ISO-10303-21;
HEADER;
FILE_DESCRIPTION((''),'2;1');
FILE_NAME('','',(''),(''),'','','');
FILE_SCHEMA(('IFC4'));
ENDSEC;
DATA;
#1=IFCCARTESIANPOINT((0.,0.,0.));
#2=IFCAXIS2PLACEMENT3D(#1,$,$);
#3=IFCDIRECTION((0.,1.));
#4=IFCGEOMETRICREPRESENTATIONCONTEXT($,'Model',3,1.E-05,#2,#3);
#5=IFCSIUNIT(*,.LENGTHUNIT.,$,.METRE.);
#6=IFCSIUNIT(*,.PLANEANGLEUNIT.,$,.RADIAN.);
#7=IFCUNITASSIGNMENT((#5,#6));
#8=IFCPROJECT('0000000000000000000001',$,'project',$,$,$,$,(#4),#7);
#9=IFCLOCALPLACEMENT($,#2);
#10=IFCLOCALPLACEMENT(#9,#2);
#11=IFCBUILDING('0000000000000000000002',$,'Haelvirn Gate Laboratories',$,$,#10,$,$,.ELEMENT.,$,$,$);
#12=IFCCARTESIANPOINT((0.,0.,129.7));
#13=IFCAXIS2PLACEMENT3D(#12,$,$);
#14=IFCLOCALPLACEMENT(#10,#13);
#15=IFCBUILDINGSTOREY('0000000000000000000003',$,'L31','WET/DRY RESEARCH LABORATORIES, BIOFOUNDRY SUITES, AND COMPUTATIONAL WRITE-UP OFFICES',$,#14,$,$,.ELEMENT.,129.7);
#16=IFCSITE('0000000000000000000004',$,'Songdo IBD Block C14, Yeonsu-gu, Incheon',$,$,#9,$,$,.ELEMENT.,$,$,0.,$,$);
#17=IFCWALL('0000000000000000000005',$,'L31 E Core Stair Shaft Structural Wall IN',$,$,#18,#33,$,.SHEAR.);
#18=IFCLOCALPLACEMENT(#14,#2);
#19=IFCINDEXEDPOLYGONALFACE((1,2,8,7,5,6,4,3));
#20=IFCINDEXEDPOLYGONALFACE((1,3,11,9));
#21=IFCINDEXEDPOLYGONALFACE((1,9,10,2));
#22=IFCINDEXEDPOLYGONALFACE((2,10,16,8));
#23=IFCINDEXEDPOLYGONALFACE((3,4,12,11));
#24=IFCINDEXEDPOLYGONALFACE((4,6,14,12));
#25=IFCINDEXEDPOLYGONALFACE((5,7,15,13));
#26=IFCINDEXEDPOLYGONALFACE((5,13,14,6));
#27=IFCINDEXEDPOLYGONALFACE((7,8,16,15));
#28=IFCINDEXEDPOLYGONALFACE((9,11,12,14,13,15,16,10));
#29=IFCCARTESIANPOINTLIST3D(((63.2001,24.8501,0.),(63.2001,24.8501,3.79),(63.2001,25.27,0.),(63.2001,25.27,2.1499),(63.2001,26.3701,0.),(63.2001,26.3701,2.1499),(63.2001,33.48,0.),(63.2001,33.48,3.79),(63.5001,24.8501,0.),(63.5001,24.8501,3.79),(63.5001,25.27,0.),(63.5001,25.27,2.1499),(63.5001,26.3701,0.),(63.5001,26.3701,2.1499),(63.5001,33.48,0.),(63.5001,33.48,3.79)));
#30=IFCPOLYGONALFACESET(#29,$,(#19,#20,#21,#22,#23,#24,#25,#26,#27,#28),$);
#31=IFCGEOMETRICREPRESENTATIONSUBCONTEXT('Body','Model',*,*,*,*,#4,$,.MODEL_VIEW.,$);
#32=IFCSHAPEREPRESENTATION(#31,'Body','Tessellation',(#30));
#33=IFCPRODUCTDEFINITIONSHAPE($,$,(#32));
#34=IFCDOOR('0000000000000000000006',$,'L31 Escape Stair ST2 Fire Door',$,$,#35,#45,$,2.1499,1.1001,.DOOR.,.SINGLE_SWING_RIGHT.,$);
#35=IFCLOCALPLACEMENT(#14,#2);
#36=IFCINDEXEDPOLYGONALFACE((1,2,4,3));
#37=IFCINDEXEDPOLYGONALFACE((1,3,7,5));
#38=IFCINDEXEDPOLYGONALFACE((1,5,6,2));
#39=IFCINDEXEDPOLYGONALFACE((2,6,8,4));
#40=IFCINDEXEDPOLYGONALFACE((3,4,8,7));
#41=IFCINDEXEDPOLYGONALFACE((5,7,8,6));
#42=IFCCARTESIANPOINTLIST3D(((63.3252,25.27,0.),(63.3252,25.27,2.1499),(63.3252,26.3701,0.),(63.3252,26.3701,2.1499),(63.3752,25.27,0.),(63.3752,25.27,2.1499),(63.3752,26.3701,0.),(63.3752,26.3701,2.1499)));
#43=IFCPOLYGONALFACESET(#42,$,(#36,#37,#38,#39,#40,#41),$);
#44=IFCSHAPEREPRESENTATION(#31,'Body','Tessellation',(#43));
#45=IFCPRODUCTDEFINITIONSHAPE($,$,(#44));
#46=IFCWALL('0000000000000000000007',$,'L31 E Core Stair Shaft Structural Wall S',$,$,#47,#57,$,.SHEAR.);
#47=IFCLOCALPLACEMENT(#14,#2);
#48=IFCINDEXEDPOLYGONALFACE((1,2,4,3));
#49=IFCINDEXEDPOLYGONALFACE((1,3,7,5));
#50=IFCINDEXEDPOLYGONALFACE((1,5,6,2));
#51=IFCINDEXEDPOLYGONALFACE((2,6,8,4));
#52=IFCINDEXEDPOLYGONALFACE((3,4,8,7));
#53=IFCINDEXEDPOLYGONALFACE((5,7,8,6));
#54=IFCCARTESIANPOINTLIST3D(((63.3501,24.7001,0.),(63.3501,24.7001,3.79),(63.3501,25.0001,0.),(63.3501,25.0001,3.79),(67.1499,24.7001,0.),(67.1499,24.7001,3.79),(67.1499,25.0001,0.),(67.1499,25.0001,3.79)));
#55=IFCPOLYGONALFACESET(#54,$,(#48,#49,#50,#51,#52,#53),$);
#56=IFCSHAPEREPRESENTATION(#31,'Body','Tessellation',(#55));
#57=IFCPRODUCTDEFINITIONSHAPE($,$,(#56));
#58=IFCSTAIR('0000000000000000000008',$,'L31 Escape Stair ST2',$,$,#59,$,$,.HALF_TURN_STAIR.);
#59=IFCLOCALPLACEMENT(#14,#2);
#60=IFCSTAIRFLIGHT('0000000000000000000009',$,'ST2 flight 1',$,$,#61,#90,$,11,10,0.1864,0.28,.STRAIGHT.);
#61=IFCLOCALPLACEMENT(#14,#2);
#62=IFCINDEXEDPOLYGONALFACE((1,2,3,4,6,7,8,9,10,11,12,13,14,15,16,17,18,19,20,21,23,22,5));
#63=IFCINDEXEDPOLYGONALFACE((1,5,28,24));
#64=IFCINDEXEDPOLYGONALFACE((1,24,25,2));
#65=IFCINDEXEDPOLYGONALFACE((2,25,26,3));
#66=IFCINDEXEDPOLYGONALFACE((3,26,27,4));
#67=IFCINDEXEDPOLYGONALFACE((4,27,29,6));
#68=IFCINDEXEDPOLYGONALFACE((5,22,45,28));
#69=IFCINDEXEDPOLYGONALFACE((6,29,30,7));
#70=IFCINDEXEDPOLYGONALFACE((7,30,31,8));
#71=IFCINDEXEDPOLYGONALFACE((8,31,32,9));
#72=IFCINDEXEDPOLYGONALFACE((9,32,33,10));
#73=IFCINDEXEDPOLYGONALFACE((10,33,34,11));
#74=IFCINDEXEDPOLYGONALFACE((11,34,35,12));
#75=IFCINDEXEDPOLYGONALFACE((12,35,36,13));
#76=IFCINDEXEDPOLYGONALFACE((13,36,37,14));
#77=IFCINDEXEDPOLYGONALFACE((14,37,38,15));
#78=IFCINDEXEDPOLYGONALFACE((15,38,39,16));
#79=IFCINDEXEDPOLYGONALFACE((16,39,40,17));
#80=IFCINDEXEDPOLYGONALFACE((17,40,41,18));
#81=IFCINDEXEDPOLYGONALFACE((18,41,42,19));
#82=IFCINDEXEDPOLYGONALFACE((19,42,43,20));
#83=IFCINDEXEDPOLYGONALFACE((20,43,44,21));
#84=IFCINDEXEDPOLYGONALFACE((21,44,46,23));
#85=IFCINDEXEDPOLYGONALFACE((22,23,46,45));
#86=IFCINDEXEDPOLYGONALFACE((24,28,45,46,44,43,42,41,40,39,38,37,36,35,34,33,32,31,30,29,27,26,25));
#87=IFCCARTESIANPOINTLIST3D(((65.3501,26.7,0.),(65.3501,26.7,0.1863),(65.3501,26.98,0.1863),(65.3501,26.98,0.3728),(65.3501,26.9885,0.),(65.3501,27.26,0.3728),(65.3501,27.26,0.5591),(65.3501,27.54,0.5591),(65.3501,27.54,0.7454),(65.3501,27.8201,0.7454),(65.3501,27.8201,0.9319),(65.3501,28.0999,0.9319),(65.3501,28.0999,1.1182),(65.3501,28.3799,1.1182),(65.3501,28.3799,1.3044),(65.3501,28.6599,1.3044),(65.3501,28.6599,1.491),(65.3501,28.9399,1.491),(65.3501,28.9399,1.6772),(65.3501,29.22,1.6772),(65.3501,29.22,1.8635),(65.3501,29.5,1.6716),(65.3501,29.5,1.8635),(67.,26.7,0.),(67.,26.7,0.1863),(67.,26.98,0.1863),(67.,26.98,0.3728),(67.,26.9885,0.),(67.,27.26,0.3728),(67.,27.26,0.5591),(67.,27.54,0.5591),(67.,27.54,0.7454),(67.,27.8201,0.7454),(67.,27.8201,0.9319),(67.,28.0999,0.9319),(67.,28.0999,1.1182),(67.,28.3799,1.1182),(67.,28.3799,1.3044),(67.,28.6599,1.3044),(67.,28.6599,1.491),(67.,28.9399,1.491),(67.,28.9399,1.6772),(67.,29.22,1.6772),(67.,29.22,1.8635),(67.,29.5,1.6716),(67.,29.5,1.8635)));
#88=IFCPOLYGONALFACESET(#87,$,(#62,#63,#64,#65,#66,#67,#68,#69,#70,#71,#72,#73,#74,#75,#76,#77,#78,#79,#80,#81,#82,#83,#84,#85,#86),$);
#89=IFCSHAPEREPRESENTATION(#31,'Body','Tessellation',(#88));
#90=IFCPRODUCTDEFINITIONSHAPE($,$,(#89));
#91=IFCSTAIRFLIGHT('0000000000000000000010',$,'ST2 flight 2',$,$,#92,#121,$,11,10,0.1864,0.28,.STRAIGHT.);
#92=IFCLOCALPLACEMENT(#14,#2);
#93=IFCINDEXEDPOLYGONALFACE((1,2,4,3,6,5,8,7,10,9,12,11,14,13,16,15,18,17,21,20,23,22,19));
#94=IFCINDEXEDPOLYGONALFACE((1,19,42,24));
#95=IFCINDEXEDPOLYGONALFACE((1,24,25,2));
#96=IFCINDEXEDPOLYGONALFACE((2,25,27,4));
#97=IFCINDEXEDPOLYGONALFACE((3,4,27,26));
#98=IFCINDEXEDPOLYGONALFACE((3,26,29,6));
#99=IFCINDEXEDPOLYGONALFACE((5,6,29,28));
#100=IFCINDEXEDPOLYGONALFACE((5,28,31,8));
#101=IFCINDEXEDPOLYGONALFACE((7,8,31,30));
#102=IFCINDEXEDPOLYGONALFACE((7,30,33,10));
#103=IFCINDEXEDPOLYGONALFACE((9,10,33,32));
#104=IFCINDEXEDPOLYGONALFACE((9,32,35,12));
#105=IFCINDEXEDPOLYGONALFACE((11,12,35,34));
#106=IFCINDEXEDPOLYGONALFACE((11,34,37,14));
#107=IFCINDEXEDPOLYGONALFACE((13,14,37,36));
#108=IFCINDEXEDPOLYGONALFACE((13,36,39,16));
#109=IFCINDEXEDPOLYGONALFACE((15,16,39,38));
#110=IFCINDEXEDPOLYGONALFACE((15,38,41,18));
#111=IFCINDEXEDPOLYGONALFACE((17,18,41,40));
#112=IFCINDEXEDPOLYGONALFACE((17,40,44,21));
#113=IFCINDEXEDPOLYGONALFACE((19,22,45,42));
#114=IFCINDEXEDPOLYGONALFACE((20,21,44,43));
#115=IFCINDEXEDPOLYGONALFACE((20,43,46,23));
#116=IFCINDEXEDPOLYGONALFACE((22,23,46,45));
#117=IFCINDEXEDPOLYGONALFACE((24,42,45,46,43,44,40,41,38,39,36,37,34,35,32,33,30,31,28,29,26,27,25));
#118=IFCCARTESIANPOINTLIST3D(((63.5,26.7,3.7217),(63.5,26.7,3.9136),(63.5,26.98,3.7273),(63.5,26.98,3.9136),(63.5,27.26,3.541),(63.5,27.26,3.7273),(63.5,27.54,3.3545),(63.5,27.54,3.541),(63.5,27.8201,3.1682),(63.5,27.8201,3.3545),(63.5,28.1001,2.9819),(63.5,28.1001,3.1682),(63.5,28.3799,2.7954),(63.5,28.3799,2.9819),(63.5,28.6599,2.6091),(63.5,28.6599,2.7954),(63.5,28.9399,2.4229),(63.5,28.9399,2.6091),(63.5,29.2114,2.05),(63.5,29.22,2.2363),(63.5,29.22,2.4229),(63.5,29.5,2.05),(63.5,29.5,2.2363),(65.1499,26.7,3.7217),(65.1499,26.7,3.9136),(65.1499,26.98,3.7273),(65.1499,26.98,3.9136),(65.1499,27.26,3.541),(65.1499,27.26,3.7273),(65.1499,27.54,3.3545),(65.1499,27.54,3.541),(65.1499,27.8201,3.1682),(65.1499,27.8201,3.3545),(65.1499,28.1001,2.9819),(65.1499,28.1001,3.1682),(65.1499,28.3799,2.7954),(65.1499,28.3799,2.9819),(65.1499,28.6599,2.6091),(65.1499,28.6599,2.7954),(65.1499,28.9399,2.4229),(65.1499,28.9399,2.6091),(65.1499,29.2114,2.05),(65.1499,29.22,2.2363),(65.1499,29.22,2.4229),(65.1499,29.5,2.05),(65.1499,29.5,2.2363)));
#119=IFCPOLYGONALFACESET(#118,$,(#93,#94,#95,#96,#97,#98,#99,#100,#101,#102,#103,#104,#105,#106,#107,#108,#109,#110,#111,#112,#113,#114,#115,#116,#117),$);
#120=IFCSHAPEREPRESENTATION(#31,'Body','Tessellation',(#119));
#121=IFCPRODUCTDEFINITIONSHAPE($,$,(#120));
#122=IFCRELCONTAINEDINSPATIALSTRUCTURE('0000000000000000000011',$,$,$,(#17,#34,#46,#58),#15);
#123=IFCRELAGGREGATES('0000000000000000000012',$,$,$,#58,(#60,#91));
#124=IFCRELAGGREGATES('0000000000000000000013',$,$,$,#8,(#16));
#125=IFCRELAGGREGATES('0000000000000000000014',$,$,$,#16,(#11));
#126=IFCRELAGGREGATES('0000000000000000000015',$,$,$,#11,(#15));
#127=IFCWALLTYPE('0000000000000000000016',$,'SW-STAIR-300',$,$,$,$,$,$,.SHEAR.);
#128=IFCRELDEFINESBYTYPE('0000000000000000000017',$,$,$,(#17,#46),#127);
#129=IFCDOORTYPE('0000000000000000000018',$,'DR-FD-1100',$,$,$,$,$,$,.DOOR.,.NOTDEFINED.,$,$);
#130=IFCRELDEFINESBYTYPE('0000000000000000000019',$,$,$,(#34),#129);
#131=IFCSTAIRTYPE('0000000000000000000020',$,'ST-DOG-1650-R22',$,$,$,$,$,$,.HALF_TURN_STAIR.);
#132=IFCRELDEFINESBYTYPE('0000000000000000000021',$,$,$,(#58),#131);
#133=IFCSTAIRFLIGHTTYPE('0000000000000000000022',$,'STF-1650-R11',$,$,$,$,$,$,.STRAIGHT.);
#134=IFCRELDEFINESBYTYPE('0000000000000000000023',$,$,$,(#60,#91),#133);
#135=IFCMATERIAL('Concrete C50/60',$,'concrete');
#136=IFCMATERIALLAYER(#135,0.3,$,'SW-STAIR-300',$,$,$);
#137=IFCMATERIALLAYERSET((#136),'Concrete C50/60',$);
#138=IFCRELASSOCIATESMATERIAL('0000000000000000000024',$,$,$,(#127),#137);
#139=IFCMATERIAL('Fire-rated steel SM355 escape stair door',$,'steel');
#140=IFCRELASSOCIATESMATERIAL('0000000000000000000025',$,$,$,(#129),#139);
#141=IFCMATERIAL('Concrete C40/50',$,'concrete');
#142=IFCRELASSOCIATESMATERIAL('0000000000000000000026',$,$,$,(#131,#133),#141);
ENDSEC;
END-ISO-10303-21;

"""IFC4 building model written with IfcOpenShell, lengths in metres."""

from ifc_helpers import new_model, si_unit, direction, frame, frame_2d, origin, place, context, subcontext, project, spatial, polyline, rectangle, outline, extrude, source, transform, mapped, material, layer, layer_set, type_object, type_shapes, element, fill, aggregate, save


model = new_model("IFC4")

# Units and contexts
model_context = context("Model", 3, precision=1e-05, world=origin(), true_north=direction((0.0, 1.0)))
body_context = subcontext(model_context, "Body", "Model", "MODEL_VIEW")
ifc_project = project(units=[si_unit("LENGTHUNIT", "METRE"), si_unit("PLANEANGLEUNIT", "RADIAN")], contexts=[model_context])

# Site, building, storey
site_placement = place(None, origin())
site = spatial("IfcSite", under=ifc_project, at=site_placement, Name="Songdo IBD Block C14, Yeonsu-gu, Incheon", CompositionType="ELEMENT", RefElevation=0.0)
building_placement = place(site_placement, origin())
building = spatial("IfcBuilding", under=site, at=building_placement, Name="Haelvirn Gate Laboratories", CompositionType="ELEMENT")
storey_placement = place(building_placement, frame((0.0, 0.0, 129.7)))
storey = spatial("IfcBuildingStorey", under=building, at=storey_placement, Name="L31", Description="WET/DRY RESEARCH LABORATORIES, BIOFOUNDRY SUITES, AND COMPUTATIONAL WRITE-UP OFFICES", CompositionType="ELEMENT", Elevation=129.7)

# Shared definitions
ifc_material_1 = material(Name="Concrete C40/50", Category="concrete")
ifc_material_2 = material(Name="Concrete C50/60", Category="concrete")

# Wall, opening, door
ifc_layer_1 = layer(ifc_material_2, 0.3, Name="SW-STAIR-300")
ifc_layer_set_1 = layer_set([ifc_layer_1], Name="Concrete C50/60")
wall_type_1 = type_object("IfcWallType", Name="SW-STAIR-300", PredefinedType="SHEAR", material=ifc_layer_set_1)
wall_1_placement = place(storey_placement, frame((63.3501, 24.8501, 0.0), z_axis=(0.0, 0.0, 1.0), x_axis=(0.0, 1.0, 0.0)))
wall_1 = element("IfcWall", 1, at=wall_1_placement, inside=storey, type_object=wall_type_1, Name="L31 E Core Stair Shaft Structural Wall IN", PredefinedType="SHEAR", context=body_context, shape_type="SweptSolid", body=[
    extrude(rectangle(XDim=8.6299, YDim=0.3, at=frame_2d((4.3149, 0.0))), origin(), (0.0, 0.0, 1.0), 3.79),
])
opening_placement = place(wall_1_placement, frame((0.4199, 0.0, 0.0)))
opening = element("IfcOpeningElement", 2, at=opening_placement, cuts=wall_1, PredefinedType="OPENING", context=body_context, shape_type="SweptSolid", body=[
    extrude(rectangle(XDim=1.1001, YDim=2.1499, at=frame_2d((0.55, 1.075))), frame((0.0, 0.1602, 0.0), z_axis=(0.0, -1.0, 0.0), x_axis=(1.0, 0.0, 0.0)), (0.0, 0.0, 1.0), 0.3201),
])
ifc_material_3 = material(Name="Fire-rated steel SM355 escape stair door", Category="steel")
door_type = type_object("IfcDoorType", Name="DR-FD-1100", OperationType="NOTDEFINED", PredefinedType="DOOR", material=ifc_material_3)
shared_shape_1 = source(origin(), body_context, "Body", "SweptSolid", [
    extrude(rectangle(XDim=1.1001, YDim=2.1499, at=frame_2d((0.55, 1.075))), frame((0.0, 0.0249, 0.0), z_axis=(0.0, -1.0, 0.0), x_axis=(1.0, 0.0, 0.0)), (0.0, 0.0, 1.0), 0.05),
])
type_shapes(door_type, [shared_shape_1])
door_placement = place(opening_placement, origin())
door = element("IfcDoor", 3, at=door_placement, inside=storey, type_object=door_type, Name="L31 Escape Stair ST2 Fire Door", OperationType="SINGLE_SWING_RIGHT", OverallHeight=2.1499, OverallWidth=1.1001, PredefinedType="DOOR", context=body_context, shape_type="MappedRepresentation", body=[
    mapped(shared_shape_1, transform((0.0, 0.0, 0.0), scale=1.0)),
])
fill(opening, door)

# Wall
wall_2_placement = place(storey_placement, frame((63.3501, 24.8501, 0.0), z_axis=(0.0, 0.0, 1.0), x_axis=(1.0, 0.0, 0.0)))
element("IfcWall", 4, at=wall_2_placement, inside=storey, type_object=wall_type_1, Name="L31 E Core Stair Shaft Structural Wall S", PredefinedType="SHEAR", context=body_context, shape_type="SweptSolid", body=[
    extrude(rectangle(XDim=3.7998, YDim=0.3, at=frame_2d((1.8999, 0.0))), origin(), (0.0, 0.0, 1.0), 3.79),
])

# Stair, stair flights
stair_type = type_object("IfcStairType", Name="ST-DOG-1650-R22", PredefinedType="HALF_TURN_STAIR", material=ifc_material_1)
stair_placement = place(storey_placement, origin())
stair = element("IfcStair", 5, at=stair_placement, inside=storey, type_object=stair_type, Name="L31 Escape Stair ST2", PredefinedType="HALF_TURN_STAIR")
stair_flight_type = type_object("IfcStairFlightType", Name="STF-1650-R11", PredefinedType="STRAIGHT", material=ifc_material_1)
shared_shape_2 = source(origin(), body_context, "Body", "SweptSolid", [
    extrude(outline(polyline([(0.0, 0.0), (0.0, 0.1863), (0.28, 0.1863), (0.28, 0.3728), (0.5601, 0.3728), (0.5601, 0.5591), (0.8401, 0.5591), (0.8401, 0.7454), (1.1201, 0.7454), (1.1201, 0.9319), (1.3999, 0.9319), (1.3999, 1.1182), (1.6799, 1.1182), (1.6799, 1.3044), (1.96, 1.3044), (1.96, 1.491), (2.24, 1.491), (2.24, 1.6772), (2.52, 1.6772), (2.52, 1.8635), (2.8, 1.8635), (2.8, 2.05), (2.8, 1.6716), (0.2886, 0.0), (0.0, 0.0)])), frame((0.0, 0.825, 0.0), z_axis=(0.0, -1.0, 0.0), x_axis=(1.0, 0.0, 0.0)), (0.0, 0.0, 1.0), 1.6499),
])
type_shapes(stair_flight_type, [shared_shape_2])
stair_flight_1_placement = place(storey_placement, frame((66.175, 26.7, 0.0), z_axis=(0.0, 0.0, 1.0), x_axis=(0.0, 1.0, 0.0)))
stair_flight_1 = element("IfcStairFlight", 6, at=stair_flight_1_placement, type_object=stair_flight_type, Name="ST2 flight 1", NumberOfRisers=11, NumberOfTreads=10, PredefinedType="STRAIGHT", RiserHeight=0.1864, TreadLength=0.28, context=body_context, shape_type="MappedRepresentation", body=[
    mapped(shared_shape_2, transform((0.0, 0.0, 0.0), scale=1.0)),
])
stair_flight_2_placement = place(storey_placement, frame((64.325, 29.5, 2.05), z_axis=(0.0, 0.0, 1.0), x_axis=(0.0, -1.0, 0.0)))
stair_flight_2 = element("IfcStairFlight", 7, at=stair_flight_2_placement, type_object=stair_flight_type, Name="ST2 flight 2", NumberOfRisers=11, NumberOfTreads=10, PredefinedType="STRAIGHT", RiserHeight=0.1864, TreadLength=0.28, context=body_context, shape_type="MappedRepresentation", body=[
    mapped(shared_shape_2, transform((0.0, 0.0, 0.0), scale=1.0)),
])
aggregate(stair, [stair_flight_1, stair_flight_2])

save(model, "model.ifc")
